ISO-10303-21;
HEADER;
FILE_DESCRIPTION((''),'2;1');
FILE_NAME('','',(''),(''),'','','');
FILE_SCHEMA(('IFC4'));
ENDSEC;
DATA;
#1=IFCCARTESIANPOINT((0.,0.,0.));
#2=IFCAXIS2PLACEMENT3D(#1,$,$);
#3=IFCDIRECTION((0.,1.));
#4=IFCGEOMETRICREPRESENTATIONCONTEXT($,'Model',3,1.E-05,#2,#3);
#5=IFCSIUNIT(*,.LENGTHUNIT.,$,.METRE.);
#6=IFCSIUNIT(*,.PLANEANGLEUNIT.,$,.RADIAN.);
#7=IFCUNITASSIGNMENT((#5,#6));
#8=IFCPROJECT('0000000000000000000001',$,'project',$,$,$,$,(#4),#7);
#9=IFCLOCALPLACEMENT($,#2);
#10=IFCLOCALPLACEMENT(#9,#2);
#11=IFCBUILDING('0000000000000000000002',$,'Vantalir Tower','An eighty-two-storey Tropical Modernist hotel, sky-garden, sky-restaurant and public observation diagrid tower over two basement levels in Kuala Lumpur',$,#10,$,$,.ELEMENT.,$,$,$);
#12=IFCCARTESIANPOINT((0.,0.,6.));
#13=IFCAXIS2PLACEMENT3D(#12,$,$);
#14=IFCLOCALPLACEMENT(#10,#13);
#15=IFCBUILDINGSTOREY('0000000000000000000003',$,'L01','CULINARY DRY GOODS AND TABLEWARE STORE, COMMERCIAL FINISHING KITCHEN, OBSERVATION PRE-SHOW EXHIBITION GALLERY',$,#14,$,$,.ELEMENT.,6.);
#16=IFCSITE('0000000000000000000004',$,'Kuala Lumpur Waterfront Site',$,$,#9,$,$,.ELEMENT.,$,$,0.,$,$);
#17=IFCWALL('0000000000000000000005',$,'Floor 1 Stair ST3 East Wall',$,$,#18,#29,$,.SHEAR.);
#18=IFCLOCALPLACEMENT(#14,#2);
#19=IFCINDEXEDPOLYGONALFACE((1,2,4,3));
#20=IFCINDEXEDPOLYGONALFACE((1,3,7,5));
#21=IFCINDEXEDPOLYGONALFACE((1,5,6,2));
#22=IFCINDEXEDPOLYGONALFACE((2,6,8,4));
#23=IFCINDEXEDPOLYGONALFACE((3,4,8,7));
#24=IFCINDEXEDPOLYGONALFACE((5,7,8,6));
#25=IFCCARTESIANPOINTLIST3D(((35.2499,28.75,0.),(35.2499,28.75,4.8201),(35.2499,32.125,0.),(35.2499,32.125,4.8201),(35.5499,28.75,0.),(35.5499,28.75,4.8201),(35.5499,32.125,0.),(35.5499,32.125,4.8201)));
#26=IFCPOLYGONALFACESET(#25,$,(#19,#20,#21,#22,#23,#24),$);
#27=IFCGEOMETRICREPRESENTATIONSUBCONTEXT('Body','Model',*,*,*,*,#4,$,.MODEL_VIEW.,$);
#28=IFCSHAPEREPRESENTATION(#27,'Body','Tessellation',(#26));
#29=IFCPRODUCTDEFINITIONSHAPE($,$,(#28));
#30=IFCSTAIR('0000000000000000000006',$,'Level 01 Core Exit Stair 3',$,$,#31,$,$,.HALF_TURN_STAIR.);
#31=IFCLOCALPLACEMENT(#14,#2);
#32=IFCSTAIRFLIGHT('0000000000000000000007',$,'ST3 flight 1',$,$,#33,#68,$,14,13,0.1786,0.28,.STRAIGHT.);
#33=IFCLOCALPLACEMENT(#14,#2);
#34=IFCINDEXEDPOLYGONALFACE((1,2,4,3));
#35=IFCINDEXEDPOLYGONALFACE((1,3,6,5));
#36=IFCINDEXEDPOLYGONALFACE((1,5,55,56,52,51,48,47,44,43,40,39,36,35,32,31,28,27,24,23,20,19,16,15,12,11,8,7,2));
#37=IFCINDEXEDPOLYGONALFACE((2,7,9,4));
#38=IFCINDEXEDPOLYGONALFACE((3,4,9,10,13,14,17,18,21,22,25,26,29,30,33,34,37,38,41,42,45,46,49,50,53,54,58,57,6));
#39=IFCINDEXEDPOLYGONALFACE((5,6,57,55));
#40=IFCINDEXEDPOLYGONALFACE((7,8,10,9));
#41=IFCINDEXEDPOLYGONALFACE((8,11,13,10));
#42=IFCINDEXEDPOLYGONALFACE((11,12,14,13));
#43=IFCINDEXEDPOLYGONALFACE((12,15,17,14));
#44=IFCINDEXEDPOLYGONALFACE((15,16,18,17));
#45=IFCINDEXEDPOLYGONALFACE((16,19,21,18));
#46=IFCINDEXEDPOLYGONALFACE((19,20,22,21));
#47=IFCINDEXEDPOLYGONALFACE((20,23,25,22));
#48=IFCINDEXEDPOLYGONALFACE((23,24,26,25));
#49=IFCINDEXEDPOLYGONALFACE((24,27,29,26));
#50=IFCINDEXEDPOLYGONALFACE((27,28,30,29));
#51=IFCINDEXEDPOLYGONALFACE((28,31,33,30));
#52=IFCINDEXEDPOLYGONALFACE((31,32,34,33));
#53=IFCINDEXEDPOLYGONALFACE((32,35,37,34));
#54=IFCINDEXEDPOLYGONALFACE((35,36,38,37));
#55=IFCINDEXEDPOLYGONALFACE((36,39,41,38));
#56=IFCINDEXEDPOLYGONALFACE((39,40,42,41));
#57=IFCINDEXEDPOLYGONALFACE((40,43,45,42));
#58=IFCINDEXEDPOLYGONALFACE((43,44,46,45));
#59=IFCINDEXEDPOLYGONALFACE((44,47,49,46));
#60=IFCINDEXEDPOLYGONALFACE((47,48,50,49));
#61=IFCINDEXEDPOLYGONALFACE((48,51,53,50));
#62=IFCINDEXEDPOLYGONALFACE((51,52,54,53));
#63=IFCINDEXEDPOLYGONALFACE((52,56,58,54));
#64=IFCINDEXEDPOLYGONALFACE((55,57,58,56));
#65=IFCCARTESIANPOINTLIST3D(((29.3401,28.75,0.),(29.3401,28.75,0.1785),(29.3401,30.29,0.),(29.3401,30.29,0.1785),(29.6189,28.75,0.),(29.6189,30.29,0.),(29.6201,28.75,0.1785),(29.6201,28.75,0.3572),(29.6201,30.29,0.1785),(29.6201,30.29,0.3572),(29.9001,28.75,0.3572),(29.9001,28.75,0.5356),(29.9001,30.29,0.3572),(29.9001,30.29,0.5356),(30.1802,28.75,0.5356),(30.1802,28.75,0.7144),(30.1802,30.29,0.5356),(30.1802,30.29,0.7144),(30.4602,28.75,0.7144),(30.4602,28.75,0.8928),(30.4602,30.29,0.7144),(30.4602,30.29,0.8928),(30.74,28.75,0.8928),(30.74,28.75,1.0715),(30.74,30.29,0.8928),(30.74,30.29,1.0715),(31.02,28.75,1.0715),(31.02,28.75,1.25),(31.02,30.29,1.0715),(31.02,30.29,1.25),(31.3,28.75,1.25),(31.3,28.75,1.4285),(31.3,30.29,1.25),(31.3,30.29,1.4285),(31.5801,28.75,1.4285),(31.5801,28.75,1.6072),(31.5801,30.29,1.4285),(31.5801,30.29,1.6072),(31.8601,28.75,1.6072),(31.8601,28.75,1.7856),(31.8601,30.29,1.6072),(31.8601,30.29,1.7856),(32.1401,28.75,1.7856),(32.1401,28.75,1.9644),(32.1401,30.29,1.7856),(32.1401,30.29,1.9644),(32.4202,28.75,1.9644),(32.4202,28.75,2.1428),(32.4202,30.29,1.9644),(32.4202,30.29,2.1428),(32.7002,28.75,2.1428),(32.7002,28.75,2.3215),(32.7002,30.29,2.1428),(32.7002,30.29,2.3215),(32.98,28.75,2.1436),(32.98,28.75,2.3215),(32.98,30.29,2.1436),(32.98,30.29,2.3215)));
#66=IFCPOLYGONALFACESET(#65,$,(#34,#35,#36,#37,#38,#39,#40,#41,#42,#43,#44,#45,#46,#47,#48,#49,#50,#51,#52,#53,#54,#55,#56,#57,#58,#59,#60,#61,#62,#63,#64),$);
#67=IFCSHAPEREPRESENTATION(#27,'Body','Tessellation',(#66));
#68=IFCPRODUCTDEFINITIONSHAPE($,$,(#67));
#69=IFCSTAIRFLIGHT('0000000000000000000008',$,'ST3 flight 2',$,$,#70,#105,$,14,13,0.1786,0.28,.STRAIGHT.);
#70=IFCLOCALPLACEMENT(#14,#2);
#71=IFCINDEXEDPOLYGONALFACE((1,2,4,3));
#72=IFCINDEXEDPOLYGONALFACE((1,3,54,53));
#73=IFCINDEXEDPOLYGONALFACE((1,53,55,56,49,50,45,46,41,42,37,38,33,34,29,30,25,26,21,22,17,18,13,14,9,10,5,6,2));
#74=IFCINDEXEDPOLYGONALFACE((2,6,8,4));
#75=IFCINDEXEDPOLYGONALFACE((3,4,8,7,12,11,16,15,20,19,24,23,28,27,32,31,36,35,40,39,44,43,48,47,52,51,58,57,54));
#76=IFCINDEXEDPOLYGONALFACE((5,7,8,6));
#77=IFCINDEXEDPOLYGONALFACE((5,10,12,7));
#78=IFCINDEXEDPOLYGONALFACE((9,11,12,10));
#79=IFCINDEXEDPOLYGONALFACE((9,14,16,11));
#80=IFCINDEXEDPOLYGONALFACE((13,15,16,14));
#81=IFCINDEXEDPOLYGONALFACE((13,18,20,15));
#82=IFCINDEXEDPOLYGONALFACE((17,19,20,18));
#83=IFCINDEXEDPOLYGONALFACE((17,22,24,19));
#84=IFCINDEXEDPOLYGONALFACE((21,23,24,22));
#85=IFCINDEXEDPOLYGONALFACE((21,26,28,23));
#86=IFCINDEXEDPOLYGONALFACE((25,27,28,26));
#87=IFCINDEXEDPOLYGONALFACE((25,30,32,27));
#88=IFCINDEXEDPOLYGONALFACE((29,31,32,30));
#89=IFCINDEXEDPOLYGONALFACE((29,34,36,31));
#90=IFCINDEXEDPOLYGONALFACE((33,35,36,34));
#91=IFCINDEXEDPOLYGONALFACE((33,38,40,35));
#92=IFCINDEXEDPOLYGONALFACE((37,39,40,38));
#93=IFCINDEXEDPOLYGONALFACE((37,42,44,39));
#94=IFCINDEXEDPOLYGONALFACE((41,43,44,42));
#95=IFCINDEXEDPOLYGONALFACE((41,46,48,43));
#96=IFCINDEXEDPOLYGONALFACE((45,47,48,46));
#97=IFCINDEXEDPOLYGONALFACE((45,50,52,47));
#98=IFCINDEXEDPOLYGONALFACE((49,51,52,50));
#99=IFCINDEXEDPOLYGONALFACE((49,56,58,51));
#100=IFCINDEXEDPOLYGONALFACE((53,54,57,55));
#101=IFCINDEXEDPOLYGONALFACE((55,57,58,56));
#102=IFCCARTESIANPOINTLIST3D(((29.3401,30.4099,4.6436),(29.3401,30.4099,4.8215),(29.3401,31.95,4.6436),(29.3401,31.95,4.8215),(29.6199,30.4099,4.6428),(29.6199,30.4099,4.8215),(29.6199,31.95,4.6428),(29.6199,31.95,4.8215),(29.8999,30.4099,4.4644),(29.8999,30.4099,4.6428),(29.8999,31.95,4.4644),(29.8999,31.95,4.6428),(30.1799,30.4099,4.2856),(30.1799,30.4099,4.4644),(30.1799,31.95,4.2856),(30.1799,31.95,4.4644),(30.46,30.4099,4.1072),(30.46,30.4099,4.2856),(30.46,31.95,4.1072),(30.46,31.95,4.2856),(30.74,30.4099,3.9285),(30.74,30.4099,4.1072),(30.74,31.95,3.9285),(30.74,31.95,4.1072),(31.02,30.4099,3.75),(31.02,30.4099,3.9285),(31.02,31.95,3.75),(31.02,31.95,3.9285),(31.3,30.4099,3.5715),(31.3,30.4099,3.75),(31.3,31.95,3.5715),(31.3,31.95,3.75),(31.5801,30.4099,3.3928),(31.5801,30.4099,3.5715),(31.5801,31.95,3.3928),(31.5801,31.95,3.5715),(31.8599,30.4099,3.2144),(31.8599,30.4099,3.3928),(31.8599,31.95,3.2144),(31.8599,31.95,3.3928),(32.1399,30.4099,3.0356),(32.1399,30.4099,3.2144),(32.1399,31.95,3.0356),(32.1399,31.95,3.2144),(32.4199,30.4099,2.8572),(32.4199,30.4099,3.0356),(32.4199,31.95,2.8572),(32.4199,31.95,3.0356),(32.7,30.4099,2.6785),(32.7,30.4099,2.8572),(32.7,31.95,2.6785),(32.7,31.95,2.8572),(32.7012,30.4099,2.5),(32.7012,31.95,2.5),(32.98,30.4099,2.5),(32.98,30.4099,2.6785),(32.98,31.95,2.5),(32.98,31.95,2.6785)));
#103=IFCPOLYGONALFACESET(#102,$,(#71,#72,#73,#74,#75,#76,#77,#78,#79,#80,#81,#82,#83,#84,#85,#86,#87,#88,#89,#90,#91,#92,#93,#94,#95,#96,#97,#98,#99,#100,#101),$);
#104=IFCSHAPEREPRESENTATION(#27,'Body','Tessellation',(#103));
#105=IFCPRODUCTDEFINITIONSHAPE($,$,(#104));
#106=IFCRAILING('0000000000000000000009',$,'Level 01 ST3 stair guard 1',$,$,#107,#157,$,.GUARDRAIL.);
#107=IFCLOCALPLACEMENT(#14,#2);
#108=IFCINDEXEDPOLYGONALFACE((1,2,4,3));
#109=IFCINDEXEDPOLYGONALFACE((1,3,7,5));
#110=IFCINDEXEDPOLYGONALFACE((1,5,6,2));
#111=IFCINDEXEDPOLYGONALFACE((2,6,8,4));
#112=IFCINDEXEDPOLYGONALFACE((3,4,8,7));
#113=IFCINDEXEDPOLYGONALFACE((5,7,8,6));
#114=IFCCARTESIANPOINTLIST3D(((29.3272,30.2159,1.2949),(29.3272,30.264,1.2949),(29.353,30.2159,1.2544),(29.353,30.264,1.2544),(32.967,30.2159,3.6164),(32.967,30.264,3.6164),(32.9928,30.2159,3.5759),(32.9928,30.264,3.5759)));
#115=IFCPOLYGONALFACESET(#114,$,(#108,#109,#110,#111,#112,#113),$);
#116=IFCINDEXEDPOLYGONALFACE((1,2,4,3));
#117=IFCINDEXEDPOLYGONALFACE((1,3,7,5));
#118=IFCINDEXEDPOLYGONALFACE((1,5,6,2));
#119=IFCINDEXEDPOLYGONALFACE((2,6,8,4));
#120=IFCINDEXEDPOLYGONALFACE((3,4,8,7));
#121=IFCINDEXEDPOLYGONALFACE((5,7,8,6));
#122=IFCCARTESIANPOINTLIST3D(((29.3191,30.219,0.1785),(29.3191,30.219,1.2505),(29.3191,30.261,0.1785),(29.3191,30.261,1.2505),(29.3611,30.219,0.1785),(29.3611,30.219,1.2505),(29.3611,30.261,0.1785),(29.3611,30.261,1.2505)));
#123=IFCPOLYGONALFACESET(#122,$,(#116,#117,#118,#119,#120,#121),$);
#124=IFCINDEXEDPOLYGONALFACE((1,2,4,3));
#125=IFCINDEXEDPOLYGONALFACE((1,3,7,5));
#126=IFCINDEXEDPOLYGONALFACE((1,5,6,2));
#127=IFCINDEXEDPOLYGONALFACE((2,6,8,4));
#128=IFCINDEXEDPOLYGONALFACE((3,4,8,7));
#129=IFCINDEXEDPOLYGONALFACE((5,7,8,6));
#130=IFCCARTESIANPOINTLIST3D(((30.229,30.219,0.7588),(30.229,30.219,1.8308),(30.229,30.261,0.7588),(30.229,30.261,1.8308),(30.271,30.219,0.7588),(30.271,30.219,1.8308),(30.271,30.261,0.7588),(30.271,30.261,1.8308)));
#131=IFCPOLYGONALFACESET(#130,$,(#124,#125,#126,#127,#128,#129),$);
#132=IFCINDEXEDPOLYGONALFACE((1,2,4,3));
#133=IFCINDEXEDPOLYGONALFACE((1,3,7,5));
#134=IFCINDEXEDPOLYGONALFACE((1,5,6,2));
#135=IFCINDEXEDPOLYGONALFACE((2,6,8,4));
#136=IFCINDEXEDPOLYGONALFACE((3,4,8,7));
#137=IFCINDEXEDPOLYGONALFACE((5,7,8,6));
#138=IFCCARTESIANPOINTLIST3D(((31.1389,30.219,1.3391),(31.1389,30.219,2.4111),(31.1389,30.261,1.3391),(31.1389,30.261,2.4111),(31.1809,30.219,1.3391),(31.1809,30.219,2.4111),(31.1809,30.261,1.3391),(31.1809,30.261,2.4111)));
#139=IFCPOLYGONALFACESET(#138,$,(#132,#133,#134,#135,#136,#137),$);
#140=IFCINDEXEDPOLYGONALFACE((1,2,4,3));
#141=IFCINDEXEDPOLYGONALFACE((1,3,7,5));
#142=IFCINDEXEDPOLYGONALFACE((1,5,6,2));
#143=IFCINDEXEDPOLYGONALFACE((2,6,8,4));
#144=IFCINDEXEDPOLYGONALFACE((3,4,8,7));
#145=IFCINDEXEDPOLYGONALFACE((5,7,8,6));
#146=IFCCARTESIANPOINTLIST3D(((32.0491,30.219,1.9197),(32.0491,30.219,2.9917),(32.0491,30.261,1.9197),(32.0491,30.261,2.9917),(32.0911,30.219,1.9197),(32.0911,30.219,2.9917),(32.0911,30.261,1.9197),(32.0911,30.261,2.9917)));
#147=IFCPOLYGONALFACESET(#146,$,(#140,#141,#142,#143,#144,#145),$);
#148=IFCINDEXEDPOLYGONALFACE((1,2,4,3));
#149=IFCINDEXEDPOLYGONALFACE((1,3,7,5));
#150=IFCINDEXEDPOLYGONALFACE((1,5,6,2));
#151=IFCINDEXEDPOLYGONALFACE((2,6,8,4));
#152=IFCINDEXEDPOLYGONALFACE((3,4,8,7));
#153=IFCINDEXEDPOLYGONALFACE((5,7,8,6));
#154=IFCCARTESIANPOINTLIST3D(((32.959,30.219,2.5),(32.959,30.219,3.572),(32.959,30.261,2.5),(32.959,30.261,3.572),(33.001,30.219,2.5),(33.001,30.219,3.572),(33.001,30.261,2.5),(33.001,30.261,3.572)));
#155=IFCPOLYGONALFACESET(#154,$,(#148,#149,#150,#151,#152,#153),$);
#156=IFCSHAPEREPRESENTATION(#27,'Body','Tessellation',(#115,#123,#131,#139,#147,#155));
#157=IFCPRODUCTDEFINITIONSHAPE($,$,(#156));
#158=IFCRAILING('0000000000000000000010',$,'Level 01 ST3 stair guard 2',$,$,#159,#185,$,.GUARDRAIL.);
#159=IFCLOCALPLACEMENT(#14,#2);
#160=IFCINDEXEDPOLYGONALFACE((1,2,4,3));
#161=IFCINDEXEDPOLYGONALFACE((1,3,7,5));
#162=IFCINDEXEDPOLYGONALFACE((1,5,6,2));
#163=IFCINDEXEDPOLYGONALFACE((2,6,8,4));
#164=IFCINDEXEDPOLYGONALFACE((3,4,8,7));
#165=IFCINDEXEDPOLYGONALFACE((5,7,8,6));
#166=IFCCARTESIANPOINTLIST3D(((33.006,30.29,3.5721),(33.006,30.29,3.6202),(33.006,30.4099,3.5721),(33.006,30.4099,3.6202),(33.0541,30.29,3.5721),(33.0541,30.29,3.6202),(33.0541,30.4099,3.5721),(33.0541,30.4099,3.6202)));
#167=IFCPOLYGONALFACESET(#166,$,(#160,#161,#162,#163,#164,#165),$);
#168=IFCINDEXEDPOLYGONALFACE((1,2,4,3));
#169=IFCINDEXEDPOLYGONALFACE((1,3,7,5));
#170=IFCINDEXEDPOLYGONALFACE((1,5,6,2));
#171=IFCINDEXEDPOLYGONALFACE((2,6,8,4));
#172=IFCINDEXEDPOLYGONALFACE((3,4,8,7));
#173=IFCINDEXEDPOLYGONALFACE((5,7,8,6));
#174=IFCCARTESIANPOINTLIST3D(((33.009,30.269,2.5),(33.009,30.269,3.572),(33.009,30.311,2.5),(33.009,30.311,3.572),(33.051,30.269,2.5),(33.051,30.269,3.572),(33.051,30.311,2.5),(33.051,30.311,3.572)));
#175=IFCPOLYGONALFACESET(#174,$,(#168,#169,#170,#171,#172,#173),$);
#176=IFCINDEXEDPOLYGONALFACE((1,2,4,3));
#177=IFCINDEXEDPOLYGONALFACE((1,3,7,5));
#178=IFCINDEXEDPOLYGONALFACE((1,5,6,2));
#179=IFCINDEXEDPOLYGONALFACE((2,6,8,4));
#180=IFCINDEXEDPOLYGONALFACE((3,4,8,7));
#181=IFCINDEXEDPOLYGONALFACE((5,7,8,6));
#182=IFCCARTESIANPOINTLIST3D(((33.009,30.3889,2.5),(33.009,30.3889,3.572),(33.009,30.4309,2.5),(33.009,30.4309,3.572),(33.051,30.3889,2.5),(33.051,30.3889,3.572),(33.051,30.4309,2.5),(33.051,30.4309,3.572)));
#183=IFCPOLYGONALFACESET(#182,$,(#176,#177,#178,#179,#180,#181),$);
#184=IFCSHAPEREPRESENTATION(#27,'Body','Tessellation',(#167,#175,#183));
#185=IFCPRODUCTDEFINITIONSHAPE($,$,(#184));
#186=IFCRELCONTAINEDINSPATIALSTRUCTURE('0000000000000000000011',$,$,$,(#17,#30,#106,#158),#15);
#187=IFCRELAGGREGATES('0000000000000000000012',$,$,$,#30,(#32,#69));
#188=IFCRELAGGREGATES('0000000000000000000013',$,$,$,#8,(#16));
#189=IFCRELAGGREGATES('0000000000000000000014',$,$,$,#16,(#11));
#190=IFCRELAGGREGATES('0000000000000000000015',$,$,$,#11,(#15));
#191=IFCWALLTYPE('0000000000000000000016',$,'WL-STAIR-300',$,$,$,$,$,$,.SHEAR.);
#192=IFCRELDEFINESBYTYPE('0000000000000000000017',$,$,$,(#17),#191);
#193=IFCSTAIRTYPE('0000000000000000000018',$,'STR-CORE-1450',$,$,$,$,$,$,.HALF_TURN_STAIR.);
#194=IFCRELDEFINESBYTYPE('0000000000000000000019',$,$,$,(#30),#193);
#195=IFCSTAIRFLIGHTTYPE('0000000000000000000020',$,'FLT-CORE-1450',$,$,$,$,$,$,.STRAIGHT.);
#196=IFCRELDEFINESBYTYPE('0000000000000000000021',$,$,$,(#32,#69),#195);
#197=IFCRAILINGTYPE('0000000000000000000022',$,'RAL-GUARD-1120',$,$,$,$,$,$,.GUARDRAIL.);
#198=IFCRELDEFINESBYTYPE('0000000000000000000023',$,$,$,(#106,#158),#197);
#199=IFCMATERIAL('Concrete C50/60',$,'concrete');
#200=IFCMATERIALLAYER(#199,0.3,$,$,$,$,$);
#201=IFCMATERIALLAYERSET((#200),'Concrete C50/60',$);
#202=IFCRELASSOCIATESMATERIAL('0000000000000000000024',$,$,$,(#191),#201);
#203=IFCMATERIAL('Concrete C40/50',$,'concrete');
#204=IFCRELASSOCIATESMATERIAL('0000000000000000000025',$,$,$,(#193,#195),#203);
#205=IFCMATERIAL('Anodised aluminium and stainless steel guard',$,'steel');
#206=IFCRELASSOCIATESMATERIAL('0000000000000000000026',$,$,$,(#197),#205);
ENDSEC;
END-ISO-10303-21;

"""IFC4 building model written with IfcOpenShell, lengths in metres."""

from ifc_helpers import new_model, si_unit, direction, frame, frame_2d, origin, origin_2d, place, context, subcontext, project, spatial, polyline, rectangle, outline, extrude, material, layer, layer_set, type_object, element, aggregate, save


model = new_model("IFC4")

# Units and contexts
model_context = context("Model", 3, precision=1e-05, world=origin(), true_north=direction((0.0, 1.0)))
body_context = subcontext(model_context, "Body", "Model", "MODEL_VIEW")
ifc_project = project(units=[si_unit("LENGTHUNIT", "METRE"), si_unit("PLANEANGLEUNIT", "RADIAN")], contexts=[model_context])

# Site, building, storey
site_placement = place(None, origin())
site = spatial("IfcSite", under=ifc_project, at=site_placement, Name="Kuala Lumpur Waterfront Site", CompositionType="ELEMENT", RefElevation=0.0)
building_placement = place(site_placement, origin())
building = spatial("IfcBuilding", under=site, at=building_placement, Name="Vantalir Tower", Description="An eighty-two-storey Tropical Modernist hotel, sky-garden, sky-restaurant and public observation diagrid tower over two basement levels in Kuala Lumpur", CompositionType="ELEMENT")
storey_placement = place(building_placement, frame((0.0, 0.0, 6.0)))
storey = spatial("IfcBuildingStorey", under=building, at=storey_placement, Name="L01", Description="CULINARY DRY GOODS AND TABLEWARE STORE, COMMERCIAL FINISHING KITCHEN, OBSERVATION PRE-SHOW EXHIBITION GALLERY", CompositionType="ELEMENT", Elevation=6.0)

# Wall
ifc_material_1 = material(Name="Concrete C50/60", Category="concrete")
ifc_layer_1 = layer(ifc_material_1, 0.3)
ifc_layer_set_1 = layer_set([ifc_layer_1], Name="Concrete C50/60")
wall_type_1 = type_object("IfcWallType", Name="WL-STAIR-300", PredefinedType="SHEAR", material=ifc_layer_set_1)
wall_1_placement = place(storey_placement, frame((35.3999, 28.75, 0.0), z_axis=(0.0, 0.0, 1.0), x_axis=(0.0, 1.0, 0.0)))
element("IfcWall", 1, at=wall_1_placement, inside=storey, type_object=wall_type_1, Name="Floor 1 Stair ST3 East Wall", PredefinedType="SHEAR", context=body_context, shape_type="SweptSolid", body=[
    extrude(rectangle(XDim=3.375, YDim=0.3, at=frame_2d((1.6875, 0.0))), origin(), (0.0, 0.0, 1.0), 4.8201),
])

# Stair, stair flights
ifc_material_2 = material(Name="Concrete C40/50", Category="concrete")
stair_type = type_object("IfcStairType", Name="STR-CORE-1450", PredefinedType="HALF_TURN_STAIR", material=ifc_material_2)
stair_placement = place(storey_placement, origin())
stair = element("IfcStair", 2, at=stair_placement, inside=storey, type_object=stair_type, Name="Level 01 Core Exit Stair 3", PredefinedType="HALF_TURN_STAIR")
stair_flight_type = type_object("IfcStairFlightType", Name="FLT-CORE-1450", PredefinedType="STRAIGHT", material=ifc_material_2)
stair_flight_1_placement = place(storey_placement, frame((29.3401, 29.52, 0.0), z_axis=(0.0, 0.0, 1.0), x_axis=(1.0, 0.0, 0.0)))
stair_flight_1 = element("IfcStairFlight", 3, at=stair_flight_1_placement, type_object=stair_flight_type, Name="ST3 flight 1", NumberOfRisers=14, NumberOfTreads=13, PredefinedType="STRAIGHT", RiserHeight=0.1786, TreadLength=0.28, context=body_context, shape_type="SweptSolid", body=[
    extrude(outline(polyline([(0.0, 0.0), (0.0, 0.1785), (0.28, 0.1785), (0.28, 0.3572), (0.5601, 0.3572), (0.5601, 0.5356), (0.8401, 0.5356), (0.8401, 0.7144), (1.1201, 0.7144), (1.1201, 0.8928), (1.3999, 0.8928), (1.3999, 1.0715), (1.6799, 1.0715), (1.6799, 1.25), (1.96, 1.25), (1.96, 1.4285), (2.24, 1.4285), (2.24, 1.6072), (2.52, 1.6072), (2.52, 1.7856), (2.8, 1.7856), (2.8, 1.9644), (3.0801, 1.9644), (3.0801, 2.1428), (3.3601, 2.1428), (3.3601, 2.3215), (3.6399, 2.3215), (3.6399, 2.5), (3.6399, 2.1436), (0.2788, 0.0), (0.0, 0.0)])), frame((0.0, 0.77, 0.0), z_axis=(0.0, -1.0, 0.0), x_axis=(1.0, 0.0, 0.0)), (0.0, 0.0, 1.0), 1.54),
])
stair_flight_2_placement = place(storey_placement, frame((32.98, 31.1799, 2.5), z_axis=(0.0, 0.0, 1.0), x_axis=(-1.0, 0.0, 0.0)))
stair_flight_2 = element("IfcStairFlight", 4, at=stair_flight_2_placement, type_object=stair_flight_type, Name="ST3 flight 2", NumberOfRisers=14, NumberOfTreads=13, PredefinedType="STRAIGHT", RiserHeight=0.1786, TreadLength=0.28, context=body_context, shape_type="SweptSolid", body=[
    extrude(outline(polyline([(0.0, 0.0), (0.0, 0.1785), (0.28, 0.1785), (0.28, 0.3572), (0.5601, 0.3572), (0.5601, 0.5356), (0.8401, 0.5356), (0.8401, 0.7144), (1.1201, 0.7144), (1.1201, 0.8928), (1.3999, 0.8928), (1.3999, 1.0715), (1.6799, 1.0715), (1.6799, 1.25), (1.96, 1.25), (1.96, 1.4285), (2.24, 1.4285), (2.24, 1.6072), (2.52, 1.6072), (2.52, 1.7856), (2.8, 1.7856), (2.8, 1.9644), (3.0801, 1.9644), (3.0801, 2.1428), (3.3601, 2.1428), (3.3601, 2.3215), (3.6399, 2.3215), (3.6399, 2.5), (3.6399, 2.1436), (0.2788, 0.0), (0.0, 0.0)])), frame((0.0, 0.77, 0.0), z_axis=(0.0, -1.0, 0.0), x_axis=(1.0, 0.0, 0.0)), (0.0, 0.0, 1.0), 1.54),
])
aggregate(stair, [stair_flight_1, stair_flight_2])

# Railings
ifc_material_3 = material(Name="Anodised aluminium and stainless steel guard", Category="steel")
railing_type_1 = type_object("IfcRailingType", Name="RAL-GUARD-1120", PredefinedType="GUARDRAIL", material=ifc_material_3)
railing_1_placement = place(storey_placement, frame((29.3401, 30.24, 0.1785)))
element("IfcRailing", 5, at=railing_1_placement, inside=storey, type_object=railing_type_1, Name="Level 01 ST3 stair guard 1", PredefinedType="GUARDRAIL", context=body_context, shape_type="SweptSolid", body=[
    extrude(rectangle(XDim=0.0481, YDim=0.0481, at=origin_2d()), frame((0.0, 0.0, 1.0962), z_axis=(0.843112, 0.0, 0.537739), x_axis=(0.0, 1.0, 0.0)), (0.0, 0.0, 1.0), 4.3171),
    extrude(rectangle(XDim=0.042, YDim=0.042, at=origin_2d()), origin(), (0.0, 0.0, 1.0), 1.072),
    extrude(rectangle(XDim=0.042, YDim=0.042, at=origin_2d()), frame((0.9099, 0.0, 0.5803)), (0.0, 0.0, 1.0), 1.072),
    extrude(rectangle(XDim=0.042, YDim=0.042, at=origin_2d()), frame((1.8198, 0.0, 1.1606)), (0.0, 0.0, 1.0), 1.072),
    extrude(rectangle(XDim=0.042, YDim=0.042, at=origin_2d()), frame((2.73, 0.0, 1.7412)), (0.0, 0.0, 1.0), 1.072),
    extrude(rectangle(XDim=0.042, YDim=0.042, at=origin_2d()), frame((3.6399, 0.0, 2.3215)), (0.0, 0.0, 1.0), 1.072),
])
railing_2_placement = place(storey_placement, frame((33.03, 30.29, 2.5)))
element("IfcRailing", 6, at=railing_2_placement, inside=storey, type_object=railing_type_1, Name="Level 01 ST3 stair guard 2", PredefinedType="GUARDRAIL", context=body_context, shape_type="SweptSolid", body=[
    extrude(rectangle(XDim=0.0481, YDim=0.0481, at=origin_2d()), frame((0.0, 0.0, 1.0962), z_axis=(0.0, 1.0, 0.0), x_axis=(-1.0, 0.0, 0.0)), (0.0, 0.0, 1.0), 0.1199),
    extrude(rectangle(XDim=0.042, YDim=0.042, at=origin_2d()), origin(), (0.0, 0.0, 1.0), 1.072),
    extrude(rectangle(XDim=0.042, YDim=0.042, at=origin_2d()), frame((0.0, 0.1199, 0.0)), (0.0, 0.0, 1.0), 1.072),
])

save(model, "model.ifc")
